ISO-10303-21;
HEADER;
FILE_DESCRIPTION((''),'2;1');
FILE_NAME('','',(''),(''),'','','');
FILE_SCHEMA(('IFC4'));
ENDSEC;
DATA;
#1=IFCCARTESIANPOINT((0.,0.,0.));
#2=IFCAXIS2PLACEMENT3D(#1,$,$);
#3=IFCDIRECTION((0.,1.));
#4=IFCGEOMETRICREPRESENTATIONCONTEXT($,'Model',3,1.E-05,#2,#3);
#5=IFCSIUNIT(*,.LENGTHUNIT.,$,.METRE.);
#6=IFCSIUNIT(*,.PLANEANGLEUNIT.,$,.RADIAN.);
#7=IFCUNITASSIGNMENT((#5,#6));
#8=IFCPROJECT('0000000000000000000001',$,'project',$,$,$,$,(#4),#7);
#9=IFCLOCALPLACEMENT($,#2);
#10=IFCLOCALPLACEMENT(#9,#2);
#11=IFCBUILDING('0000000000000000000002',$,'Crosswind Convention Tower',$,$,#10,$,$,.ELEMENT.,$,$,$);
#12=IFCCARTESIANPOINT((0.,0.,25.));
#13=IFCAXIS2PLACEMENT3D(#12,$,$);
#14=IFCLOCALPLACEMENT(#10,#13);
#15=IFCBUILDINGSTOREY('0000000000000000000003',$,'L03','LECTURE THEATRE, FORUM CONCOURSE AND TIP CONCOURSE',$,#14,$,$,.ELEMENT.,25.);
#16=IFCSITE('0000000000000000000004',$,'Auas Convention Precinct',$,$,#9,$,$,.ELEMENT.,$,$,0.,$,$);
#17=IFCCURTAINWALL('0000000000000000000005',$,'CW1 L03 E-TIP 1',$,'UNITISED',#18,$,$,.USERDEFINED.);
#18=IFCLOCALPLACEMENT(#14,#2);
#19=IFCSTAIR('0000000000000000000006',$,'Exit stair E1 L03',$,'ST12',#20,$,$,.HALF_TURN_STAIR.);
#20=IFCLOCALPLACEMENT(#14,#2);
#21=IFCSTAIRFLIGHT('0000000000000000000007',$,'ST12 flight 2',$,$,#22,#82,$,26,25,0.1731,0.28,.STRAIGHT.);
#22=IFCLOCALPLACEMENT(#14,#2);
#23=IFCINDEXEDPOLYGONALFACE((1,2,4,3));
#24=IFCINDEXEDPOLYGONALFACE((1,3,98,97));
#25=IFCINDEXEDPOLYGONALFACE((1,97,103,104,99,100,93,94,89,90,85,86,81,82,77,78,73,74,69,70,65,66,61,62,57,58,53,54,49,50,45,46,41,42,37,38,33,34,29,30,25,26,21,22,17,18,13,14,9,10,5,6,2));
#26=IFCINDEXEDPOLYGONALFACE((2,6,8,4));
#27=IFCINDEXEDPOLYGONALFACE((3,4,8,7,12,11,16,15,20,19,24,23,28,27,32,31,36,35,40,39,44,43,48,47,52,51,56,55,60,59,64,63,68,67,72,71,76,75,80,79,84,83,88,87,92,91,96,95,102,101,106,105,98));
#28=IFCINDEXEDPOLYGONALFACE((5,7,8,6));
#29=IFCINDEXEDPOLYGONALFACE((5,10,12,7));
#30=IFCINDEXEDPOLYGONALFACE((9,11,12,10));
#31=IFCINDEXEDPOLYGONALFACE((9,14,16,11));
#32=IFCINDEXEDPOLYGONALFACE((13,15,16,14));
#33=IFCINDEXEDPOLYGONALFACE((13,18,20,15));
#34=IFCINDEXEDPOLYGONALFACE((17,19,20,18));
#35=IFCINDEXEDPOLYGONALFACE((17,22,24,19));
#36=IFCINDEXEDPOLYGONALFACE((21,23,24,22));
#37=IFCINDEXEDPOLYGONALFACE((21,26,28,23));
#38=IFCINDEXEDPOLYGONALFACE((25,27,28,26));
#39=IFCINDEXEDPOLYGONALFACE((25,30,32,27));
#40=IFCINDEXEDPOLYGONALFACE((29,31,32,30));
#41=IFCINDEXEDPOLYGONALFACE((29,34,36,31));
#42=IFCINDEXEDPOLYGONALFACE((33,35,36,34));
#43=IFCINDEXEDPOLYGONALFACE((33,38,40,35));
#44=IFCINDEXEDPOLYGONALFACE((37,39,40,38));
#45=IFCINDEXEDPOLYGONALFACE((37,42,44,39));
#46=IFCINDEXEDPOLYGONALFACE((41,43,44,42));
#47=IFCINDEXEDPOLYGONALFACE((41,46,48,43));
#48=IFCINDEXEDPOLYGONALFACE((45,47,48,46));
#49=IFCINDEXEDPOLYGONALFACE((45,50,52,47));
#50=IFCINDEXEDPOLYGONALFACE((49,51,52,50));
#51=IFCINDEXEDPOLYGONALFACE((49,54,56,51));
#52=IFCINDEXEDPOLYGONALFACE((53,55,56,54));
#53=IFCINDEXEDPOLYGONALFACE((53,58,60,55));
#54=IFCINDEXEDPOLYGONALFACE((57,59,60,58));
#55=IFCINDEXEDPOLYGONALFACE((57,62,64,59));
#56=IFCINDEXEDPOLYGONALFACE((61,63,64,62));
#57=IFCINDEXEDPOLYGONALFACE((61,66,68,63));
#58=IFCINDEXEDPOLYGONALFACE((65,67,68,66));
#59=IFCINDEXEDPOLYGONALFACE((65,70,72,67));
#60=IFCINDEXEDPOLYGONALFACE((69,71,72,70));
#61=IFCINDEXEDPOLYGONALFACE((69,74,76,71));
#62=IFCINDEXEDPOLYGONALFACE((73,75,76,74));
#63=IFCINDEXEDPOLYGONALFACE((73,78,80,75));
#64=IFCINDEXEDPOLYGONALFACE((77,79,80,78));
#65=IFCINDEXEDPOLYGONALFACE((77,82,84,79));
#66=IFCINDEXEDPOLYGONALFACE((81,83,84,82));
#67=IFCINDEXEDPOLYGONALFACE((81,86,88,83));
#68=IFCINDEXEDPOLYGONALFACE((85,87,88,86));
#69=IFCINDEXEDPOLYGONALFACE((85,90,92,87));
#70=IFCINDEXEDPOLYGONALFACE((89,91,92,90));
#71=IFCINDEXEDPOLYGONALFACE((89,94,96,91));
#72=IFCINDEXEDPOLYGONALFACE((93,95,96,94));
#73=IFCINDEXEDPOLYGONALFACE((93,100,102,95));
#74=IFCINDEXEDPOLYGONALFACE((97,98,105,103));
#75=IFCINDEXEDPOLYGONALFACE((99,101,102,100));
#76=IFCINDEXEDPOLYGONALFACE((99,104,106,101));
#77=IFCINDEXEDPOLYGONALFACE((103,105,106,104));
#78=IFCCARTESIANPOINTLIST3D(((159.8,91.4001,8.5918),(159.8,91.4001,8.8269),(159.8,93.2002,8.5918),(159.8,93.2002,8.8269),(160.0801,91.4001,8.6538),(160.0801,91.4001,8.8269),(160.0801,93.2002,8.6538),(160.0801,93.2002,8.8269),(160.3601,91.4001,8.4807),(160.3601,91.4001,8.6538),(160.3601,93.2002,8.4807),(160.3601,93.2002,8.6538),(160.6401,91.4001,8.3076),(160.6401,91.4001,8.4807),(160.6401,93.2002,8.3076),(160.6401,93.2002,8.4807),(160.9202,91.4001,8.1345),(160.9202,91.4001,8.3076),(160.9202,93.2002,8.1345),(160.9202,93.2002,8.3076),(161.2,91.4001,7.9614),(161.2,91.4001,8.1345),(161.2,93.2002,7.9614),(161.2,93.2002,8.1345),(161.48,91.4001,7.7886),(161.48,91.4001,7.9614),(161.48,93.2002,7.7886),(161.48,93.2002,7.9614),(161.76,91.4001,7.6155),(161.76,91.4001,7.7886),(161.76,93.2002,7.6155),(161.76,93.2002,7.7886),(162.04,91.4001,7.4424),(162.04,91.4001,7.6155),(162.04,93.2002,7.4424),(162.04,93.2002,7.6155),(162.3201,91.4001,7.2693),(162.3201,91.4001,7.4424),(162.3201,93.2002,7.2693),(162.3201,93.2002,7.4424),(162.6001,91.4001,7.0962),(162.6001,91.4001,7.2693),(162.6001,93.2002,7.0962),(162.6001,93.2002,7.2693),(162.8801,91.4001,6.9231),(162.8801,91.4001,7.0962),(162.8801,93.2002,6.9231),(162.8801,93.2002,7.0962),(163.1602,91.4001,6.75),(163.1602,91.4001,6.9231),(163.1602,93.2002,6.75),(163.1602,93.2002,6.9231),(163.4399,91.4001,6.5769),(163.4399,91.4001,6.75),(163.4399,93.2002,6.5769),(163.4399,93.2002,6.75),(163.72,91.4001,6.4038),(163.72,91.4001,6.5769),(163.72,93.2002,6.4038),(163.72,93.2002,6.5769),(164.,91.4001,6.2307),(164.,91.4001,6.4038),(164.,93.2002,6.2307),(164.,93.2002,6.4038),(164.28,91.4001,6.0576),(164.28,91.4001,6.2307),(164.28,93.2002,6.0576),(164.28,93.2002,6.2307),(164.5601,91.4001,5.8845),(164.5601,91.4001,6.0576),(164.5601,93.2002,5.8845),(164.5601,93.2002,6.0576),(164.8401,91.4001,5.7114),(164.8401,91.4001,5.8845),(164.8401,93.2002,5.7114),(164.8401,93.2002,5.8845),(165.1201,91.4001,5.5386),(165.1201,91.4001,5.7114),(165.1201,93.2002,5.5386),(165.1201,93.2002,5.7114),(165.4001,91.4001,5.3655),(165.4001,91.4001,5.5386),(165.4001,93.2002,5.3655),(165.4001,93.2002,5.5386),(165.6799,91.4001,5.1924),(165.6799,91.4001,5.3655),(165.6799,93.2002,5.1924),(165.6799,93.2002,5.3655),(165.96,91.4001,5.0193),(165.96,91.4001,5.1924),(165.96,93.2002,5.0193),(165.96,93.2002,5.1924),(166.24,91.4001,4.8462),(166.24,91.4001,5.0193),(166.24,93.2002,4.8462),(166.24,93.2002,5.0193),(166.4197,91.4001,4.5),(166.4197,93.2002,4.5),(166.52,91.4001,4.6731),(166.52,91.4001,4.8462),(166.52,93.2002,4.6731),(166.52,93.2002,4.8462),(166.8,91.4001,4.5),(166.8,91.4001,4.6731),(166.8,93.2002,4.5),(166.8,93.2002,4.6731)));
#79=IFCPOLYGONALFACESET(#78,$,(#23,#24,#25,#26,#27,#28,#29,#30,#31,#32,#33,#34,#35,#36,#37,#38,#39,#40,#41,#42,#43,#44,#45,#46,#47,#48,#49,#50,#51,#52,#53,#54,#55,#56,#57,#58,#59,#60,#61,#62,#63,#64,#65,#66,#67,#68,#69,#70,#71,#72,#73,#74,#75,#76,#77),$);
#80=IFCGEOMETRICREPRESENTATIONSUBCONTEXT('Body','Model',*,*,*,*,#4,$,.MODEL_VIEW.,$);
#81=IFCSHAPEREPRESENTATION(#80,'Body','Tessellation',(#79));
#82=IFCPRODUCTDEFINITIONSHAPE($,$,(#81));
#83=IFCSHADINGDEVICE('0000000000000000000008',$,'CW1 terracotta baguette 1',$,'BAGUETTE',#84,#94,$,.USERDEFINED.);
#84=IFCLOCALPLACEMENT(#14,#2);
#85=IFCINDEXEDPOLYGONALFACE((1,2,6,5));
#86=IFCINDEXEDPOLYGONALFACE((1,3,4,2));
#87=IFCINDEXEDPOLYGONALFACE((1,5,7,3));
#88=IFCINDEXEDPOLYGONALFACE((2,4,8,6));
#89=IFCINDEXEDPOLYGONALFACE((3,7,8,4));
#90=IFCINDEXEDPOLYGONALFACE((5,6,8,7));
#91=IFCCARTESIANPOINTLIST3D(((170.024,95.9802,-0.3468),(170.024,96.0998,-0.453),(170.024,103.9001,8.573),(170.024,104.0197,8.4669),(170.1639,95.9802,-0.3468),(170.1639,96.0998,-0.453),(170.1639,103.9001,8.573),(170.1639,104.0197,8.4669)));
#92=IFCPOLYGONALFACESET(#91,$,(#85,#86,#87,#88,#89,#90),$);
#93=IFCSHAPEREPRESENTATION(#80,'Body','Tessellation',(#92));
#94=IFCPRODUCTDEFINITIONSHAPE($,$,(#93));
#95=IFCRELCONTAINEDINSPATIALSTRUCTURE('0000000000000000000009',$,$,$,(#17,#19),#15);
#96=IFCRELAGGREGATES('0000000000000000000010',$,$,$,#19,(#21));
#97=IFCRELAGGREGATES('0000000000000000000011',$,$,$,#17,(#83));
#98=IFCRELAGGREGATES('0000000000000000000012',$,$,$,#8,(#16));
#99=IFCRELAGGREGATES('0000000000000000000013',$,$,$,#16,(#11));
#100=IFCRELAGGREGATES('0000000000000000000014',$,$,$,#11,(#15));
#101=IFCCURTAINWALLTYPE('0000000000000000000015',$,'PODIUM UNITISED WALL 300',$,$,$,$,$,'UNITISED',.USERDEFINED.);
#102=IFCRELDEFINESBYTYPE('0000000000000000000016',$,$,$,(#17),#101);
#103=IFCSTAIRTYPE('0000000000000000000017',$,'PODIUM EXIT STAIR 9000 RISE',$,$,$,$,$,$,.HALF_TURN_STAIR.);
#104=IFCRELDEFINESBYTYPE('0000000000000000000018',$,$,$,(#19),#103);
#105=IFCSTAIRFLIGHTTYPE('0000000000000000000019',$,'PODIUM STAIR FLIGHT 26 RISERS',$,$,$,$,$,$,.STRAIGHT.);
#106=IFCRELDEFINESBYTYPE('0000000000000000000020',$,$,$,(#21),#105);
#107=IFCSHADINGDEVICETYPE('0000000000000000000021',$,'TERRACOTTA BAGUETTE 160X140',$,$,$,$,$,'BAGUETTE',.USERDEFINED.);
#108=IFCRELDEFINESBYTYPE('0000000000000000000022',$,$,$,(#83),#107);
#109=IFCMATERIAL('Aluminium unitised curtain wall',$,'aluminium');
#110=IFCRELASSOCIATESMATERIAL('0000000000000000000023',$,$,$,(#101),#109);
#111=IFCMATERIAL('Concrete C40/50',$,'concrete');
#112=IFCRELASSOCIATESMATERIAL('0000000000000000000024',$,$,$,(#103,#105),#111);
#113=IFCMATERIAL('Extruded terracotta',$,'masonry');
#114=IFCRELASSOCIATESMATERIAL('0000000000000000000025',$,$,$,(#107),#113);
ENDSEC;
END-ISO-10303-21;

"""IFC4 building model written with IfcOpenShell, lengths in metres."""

from ifc_helpers import new_model, si_unit, direction, frame, origin, origin_2d, place, context, subcontext, project, spatial, polyline, rectangle, outline, extrude, material, material_profile, profile_set, type_object, element, aggregate, save


model = new_model("IFC4")

# Units and contexts
model_context = context("Model", 3, precision=1e-05, world=origin(), true_north=direction((0.0, 1.0)))
body_context = subcontext(model_context, "Body", "Model", "MODEL_VIEW")
ifc_project = project(units=[si_unit("LENGTHUNIT", "METRE"), si_unit("PLANEANGLEUNIT", "RADIAN")], contexts=[model_context])

# Site, building, storey
site_placement = place(None, origin())
site = spatial("IfcSite", under=ifc_project, at=site_placement, Name="Auas Convention Precinct", CompositionType="ELEMENT", RefElevation=0.0)
building_placement = place(site_placement, origin())
building = spatial("IfcBuilding", under=site, at=building_placement, Name="Crosswind Convention Tower", CompositionType="ELEMENT")
storey_placement = place(building_placement, frame((0.0, 0.0, 25.0)))
storey = spatial("IfcBuildingStorey", under=building, at=storey_placement, Name="L03", Description="LECTURE THEATRE, FORUM CONCOURSE AND TIP CONCOURSE", CompositionType="ELEMENT", Elevation=25.0)

# Curtain wall
ifc_material_1 = material(Name="Aluminium unitised curtain wall", Category="aluminium")
curtain_wall_type = type_object("IfcCurtainWallType", Name="PODIUM UNITISED WALL 300", ElementType="UNITISED", PredefinedType="USERDEFINED", material=ifc_material_1)
curtain_wall_placement = place(storey_placement, origin())
curtain_wall = element("IfcCurtainWall", 1, at=curtain_wall_placement, inside=storey, type_object=curtain_wall_type, Name="CW1 L03 E-TIP 1", ObjectType="UNITISED", PredefinedType="USERDEFINED")

# Shared definitions
ifc_material_2 = material(Name="Concrete C40/50", Category="concrete")

# Stair, stair flight
stair_type = type_object("IfcStairType", Name="PODIUM EXIT STAIR 9000 RISE", PredefinedType="HALF_TURN_STAIR", material=ifc_material_2)
stair_placement = place(storey_placement, origin())
stair = element("IfcStair", 2, at=stair_placement, inside=storey, type_object=stair_type, Name="Exit stair E1 L03", ObjectType="ST12", PredefinedType="HALF_TURN_STAIR")
stair_flight_type = type_object("IfcStairFlightType", Name="PODIUM STAIR FLIGHT 26 RISERS", PredefinedType="STRAIGHT", material=ifc_material_2)
stair_flight_1_placement = place(storey_placement, frame((166.8, 92.3, 4.5), z_axis=(0.0, 0.0, 1.0), x_axis=(-1.0, 0.0, 0.0)))
stair_flight_1 = element("IfcStairFlight", 3, at=stair_flight_1_placement, type_object=stair_flight_type, Name="ST12 flight 2", NumberOfRisers=26, NumberOfTreads=25, PredefinedType="STRAIGHT", RiserHeight=0.1731, TreadLength=0.28, context=body_context, shape_type="SweptSolid", body=[
    extrude(outline(polyline([(0.0, 0.0), (0.0, 0.1731), (0.28, 0.1731), (0.28, 0.3462), (0.5601, 0.3462), (0.5601, 0.5193), (0.8401, 0.5193), (0.8401, 0.6924), (1.1201, 0.6924), (1.1201, 0.8655), (1.3999, 0.8655), (1.3999, 1.0386), (1.6799, 1.0386), (1.6799, 1.2114), (1.96, 1.2114), (1.96, 1.3845), (2.24, 1.3845), (2.24, 1.5576), (2.52, 1.5576), (2.52, 1.7307), (2.8, 1.7307), (2.8, 1.9038), (3.0801, 1.9038), (3.0801, 2.0769), (3.3601, 2.0769), (3.3601, 2.25), (3.6399, 2.25), (3.6399, 2.4231), (3.9199, 2.4231), (3.9199, 2.5962), (4.2, 2.5962), (4.2, 2.7693), (4.48, 2.7693), (4.48, 2.9424), (4.76, 2.9424), (4.76, 3.1155), (5.04, 3.1155), (5.04, 3.2886), (5.3201, 3.2886), (5.3201, 3.4614), (5.6001, 3.4614), (5.6001, 3.6345), (5.8799, 3.6345), (5.8799, 3.8076), (6.1599, 3.8076), (6.1599, 3.9807), (6.4399, 3.9807), (6.4399, 4.1538), (6.72, 4.1538), (6.72, 4.3269), (7.0, 4.3269), (7.0, 4.5), (7.0, 4.0918), (0.3804, 0.0), (0.0, 0.0)])), frame((0.0, 0.8999, 0.0), z_axis=(0.0, -1.0, 0.0), x_axis=(1.0, 0.0, 0.0)), (0.0, 0.0, 1.0), 1.8),
])
aggregate(stair, [stair_flight_1])

# Shading device
ifc_material_3 = material(Name="Extruded terracotta", Category="masonry")
ifc_material_profile_1 = material_profile(ifc_material_3, rectangle(XDim=0.1399, YDim=0.1599, at=origin_2d()), Name="TC 140X160")
ifc_profile_set_1 = profile_set([ifc_material_profile_1], Name="Extruded terracotta")
shading_device_type = type_object("IfcShadingDeviceType", Name="TERRACOTTA BAGUETTE 160X140", ElementType="BAGUETTE", PredefinedType="USERDEFINED", material=ifc_profile_set_1)
shading_device_placement = place(storey_placement, frame((170.094, 96.04, -0.3999), z_axis=(0.0, 0.663947, 0.74778), x_axis=(-1.0, 0.0, 0.0)))
shading_device = element("IfcShadingDevice", 4, at=shading_device_placement, type_object=shading_device_type, Name="CW1 terracotta baguette 1", ObjectType="BAGUETTE", PredefinedType="USERDEFINED", context=body_context, shape_type="SweptSolid", body=[
    extrude(rectangle(XDim=0.1399, YDim=0.1599, at=origin_2d()), origin(), (0.0, 0.0, 1.0), 11.9285),
])
aggregate(curtain_wall, [shading_device])

save(model, "model.ifc")
